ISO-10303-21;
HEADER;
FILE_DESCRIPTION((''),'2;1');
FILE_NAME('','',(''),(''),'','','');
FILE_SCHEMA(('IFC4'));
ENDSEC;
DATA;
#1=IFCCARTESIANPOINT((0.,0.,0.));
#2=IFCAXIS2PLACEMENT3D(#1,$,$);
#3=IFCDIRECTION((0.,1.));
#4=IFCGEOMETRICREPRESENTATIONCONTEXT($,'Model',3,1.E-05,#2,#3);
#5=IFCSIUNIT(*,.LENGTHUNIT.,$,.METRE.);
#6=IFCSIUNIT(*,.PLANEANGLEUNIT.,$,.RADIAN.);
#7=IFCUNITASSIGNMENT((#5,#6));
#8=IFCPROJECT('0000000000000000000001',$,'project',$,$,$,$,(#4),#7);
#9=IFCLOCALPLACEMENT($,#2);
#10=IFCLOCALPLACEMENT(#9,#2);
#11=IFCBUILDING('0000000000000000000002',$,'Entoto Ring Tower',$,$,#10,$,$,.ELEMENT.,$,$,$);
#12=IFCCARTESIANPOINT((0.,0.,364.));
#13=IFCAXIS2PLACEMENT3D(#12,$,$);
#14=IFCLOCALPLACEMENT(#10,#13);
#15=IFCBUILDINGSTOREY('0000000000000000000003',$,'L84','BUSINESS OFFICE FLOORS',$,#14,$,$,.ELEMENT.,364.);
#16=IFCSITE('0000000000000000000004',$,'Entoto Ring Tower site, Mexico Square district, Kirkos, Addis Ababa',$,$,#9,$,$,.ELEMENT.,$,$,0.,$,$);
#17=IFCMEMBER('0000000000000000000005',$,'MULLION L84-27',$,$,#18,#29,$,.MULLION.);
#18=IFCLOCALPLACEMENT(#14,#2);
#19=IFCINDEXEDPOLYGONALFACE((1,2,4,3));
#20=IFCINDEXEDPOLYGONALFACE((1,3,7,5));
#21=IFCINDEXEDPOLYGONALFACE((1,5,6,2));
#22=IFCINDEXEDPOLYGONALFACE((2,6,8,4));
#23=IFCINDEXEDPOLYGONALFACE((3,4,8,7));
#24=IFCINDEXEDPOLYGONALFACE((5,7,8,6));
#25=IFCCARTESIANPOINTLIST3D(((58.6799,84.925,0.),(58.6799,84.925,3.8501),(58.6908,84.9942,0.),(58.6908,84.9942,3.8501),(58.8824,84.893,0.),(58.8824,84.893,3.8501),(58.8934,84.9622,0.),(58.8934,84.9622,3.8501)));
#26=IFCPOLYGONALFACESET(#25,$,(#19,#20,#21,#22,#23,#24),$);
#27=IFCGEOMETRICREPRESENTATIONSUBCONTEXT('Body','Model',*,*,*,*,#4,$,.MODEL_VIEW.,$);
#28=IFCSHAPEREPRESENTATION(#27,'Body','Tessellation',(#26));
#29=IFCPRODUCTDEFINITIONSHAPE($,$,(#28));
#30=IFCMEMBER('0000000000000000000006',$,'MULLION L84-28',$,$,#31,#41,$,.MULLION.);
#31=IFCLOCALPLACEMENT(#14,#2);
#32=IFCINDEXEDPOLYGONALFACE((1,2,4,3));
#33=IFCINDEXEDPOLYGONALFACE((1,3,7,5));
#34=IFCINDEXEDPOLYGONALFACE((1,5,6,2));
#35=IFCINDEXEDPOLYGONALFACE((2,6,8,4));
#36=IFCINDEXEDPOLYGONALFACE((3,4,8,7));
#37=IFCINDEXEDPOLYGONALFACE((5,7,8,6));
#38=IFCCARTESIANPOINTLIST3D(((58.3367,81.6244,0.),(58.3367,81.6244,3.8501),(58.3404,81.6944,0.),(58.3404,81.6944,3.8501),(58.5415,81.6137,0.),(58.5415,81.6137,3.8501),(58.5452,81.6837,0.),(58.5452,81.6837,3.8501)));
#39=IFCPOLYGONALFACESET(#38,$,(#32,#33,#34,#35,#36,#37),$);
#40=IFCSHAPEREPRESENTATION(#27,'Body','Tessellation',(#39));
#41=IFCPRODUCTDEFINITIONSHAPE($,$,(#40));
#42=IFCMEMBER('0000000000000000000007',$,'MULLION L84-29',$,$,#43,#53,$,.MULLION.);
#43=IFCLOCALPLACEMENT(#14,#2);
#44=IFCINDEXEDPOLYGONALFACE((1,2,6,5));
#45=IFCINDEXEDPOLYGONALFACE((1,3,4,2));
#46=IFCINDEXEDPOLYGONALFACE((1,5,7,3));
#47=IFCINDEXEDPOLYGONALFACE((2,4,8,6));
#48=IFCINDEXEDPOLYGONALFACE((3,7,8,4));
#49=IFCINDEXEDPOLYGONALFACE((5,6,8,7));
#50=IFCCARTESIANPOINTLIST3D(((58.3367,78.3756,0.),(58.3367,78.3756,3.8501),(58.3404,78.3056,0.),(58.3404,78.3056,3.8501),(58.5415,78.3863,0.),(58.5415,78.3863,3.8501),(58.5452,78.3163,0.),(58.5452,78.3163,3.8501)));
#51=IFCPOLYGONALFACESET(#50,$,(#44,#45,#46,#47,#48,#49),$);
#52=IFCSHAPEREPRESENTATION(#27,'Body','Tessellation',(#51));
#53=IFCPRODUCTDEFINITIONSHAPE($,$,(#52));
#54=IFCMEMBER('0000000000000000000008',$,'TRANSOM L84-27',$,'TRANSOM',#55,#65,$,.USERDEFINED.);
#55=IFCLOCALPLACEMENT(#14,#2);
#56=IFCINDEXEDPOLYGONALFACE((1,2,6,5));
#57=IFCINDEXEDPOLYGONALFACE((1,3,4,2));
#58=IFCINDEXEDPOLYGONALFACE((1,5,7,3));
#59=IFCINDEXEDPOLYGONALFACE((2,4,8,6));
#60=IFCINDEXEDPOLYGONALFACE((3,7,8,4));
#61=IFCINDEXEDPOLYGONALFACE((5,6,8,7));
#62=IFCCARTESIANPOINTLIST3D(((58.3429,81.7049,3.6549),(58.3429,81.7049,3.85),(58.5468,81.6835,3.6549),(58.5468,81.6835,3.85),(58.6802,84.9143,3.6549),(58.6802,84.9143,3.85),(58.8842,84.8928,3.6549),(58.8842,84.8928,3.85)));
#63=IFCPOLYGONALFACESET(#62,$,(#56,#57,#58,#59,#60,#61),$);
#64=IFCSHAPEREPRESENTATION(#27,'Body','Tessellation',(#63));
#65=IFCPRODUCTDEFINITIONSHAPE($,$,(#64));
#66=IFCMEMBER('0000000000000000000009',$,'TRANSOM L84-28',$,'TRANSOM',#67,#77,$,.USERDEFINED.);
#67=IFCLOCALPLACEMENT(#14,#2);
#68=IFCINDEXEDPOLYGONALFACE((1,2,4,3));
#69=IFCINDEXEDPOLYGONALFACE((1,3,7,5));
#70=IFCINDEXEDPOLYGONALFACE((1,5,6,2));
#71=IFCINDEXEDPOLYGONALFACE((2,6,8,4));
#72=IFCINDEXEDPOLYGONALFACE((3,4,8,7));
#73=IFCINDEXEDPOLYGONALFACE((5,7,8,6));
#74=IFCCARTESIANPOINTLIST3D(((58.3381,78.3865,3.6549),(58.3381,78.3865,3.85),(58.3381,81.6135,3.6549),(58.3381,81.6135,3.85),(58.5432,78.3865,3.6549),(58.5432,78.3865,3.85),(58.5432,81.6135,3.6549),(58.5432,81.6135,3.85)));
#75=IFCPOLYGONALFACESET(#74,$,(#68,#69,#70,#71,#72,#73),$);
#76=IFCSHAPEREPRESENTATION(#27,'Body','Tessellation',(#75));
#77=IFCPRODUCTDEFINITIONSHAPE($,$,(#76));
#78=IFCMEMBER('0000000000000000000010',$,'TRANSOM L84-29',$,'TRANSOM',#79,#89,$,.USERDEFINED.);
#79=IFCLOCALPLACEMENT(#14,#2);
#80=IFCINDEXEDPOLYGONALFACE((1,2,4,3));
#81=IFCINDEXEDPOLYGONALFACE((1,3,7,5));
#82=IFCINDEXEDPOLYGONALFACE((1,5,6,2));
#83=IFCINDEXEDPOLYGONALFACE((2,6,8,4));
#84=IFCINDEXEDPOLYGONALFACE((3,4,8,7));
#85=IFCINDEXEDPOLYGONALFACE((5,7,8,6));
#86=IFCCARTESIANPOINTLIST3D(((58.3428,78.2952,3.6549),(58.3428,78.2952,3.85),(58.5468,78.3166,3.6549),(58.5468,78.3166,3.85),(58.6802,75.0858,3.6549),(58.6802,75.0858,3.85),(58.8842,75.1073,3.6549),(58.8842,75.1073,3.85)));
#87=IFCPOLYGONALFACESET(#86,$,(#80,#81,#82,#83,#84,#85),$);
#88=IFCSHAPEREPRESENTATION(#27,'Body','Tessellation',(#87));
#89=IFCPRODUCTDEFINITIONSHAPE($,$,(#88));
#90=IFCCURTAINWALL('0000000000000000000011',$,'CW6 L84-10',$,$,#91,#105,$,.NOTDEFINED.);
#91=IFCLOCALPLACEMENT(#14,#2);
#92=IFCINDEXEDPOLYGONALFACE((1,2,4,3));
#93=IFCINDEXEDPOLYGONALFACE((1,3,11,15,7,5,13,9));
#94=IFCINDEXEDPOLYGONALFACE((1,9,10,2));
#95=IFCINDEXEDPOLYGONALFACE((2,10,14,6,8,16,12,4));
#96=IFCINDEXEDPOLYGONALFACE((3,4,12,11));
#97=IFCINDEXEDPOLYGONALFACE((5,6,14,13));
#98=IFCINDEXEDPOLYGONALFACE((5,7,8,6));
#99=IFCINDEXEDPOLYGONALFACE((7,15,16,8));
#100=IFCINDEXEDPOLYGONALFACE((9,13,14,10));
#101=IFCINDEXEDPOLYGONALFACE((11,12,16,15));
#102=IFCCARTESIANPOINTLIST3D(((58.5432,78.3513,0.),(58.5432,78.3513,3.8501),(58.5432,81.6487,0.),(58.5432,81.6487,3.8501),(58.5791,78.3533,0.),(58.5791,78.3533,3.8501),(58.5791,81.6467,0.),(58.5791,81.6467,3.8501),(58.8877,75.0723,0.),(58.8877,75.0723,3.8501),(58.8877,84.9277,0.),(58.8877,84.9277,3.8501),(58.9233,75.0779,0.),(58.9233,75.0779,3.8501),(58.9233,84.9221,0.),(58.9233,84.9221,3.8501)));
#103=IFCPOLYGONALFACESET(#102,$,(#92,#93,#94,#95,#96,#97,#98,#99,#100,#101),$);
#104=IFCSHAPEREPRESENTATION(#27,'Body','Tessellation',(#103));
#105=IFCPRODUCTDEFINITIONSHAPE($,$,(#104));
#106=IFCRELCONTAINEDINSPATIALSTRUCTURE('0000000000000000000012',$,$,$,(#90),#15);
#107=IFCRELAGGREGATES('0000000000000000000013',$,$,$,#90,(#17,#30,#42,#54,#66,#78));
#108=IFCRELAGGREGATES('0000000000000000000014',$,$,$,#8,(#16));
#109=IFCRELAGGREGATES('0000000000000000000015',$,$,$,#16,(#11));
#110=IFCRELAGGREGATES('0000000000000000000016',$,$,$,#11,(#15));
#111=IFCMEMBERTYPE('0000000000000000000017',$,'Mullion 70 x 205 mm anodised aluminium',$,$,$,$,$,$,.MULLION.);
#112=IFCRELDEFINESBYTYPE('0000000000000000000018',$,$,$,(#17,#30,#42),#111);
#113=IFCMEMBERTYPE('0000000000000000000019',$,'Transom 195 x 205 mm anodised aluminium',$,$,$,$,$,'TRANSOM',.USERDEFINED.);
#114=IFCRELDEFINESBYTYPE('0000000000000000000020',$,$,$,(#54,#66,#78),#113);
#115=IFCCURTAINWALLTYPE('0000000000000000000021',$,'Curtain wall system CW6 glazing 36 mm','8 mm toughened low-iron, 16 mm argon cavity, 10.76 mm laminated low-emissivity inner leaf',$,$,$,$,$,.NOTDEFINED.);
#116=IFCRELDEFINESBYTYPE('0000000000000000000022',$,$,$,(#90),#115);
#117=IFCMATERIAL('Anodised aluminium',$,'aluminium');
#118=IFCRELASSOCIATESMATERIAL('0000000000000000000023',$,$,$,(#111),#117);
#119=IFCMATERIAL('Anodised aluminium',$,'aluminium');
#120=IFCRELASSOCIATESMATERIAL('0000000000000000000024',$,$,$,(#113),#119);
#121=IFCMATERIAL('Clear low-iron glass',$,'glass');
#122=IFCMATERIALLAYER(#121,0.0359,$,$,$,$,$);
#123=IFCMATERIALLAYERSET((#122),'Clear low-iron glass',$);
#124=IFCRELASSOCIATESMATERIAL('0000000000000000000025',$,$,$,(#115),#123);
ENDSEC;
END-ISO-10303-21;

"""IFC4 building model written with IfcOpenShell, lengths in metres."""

from ifc_helpers import new_model, si_unit, direction, frame, origin, origin_2d, place, context, subcontext, project, spatial, polyline, rectangle, outline, extrude, material, layer, layer_set, material_profile, profile_set, type_object, element, aggregate, save


model = new_model("IFC4")

# Units and contexts
model_context = context("Model", 3, precision=1e-05, world=origin(), true_north=direction((0.0, 1.0)))
body_context = subcontext(model_context, "Body", "Model", "MODEL_VIEW")
ifc_project = project(units=[si_unit("LENGTHUNIT", "METRE"), si_unit("PLANEANGLEUNIT", "RADIAN")], contexts=[model_context])

# Members
ifc_material_1 = material(Name="Anodised aluminium", Category="aluminium")
ifc_material_profile_1 = material_profile(ifc_material_1, rectangle(XDim=0.0701, YDim=0.2051, at=origin_2d()), Name="Mullion 70 x 205 mm anodised aluminium")
ifc_profile_set_1 = profile_set([ifc_material_profile_1], Name="Anodised aluminium")
member_type_1 = type_object("IfcMemberType", Name="Mullion 70 x 205 mm anodised aluminium", PredefinedType="MULLION", material=ifc_profile_set_1)
site_placement = place(None, origin())
building_placement = place(site_placement, origin())
storey_placement = place(building_placement, frame((0.0, 0.0, 364.0)))
member_1_placement = place(storey_placement, frame((58.7866, 84.9436, 0.0), z_axis=(0.0, 0.0, 1.0), x_axis=(-0.156434, -0.987688, 0.0)))
member_1 = element("IfcMember", 1, at=member_1_placement, type_object=member_type_1, Name="MULLION L84-27", PredefinedType="MULLION", context=body_context, shape_type="SweptSolid", body=[
    extrude(rectangle(XDim=0.0701, YDim=0.2051, at=origin_2d()), origin(), (0.0, 0.0, 1.0), 3.8501),
])
member_2_placement = place(storey_placement, frame((58.4409, 81.6541, 0.0), z_axis=(0.0, 0.0, 1.0), x_axis=(-0.052336, -0.99863, 0.0)))
member_2 = element("IfcMember", 2, at=member_2_placement, type_object=member_type_1, Name="MULLION L84-28", PredefinedType="MULLION", context=body_context, shape_type="SweptSolid", body=[
    extrude(rectangle(XDim=0.0701, YDim=0.2051, at=origin_2d()), origin(), (0.0, 0.0, 1.0), 3.8501),
])
member_3_placement = place(storey_placement, frame((58.4409, 78.3459, 0.0), z_axis=(0.0, 0.0, 1.0), x_axis=(0.052336, -0.99863, 0.0)))
member_3 = element("IfcMember", 3, at=member_3_placement, type_object=member_type_1, Name="MULLION L84-29", PredefinedType="MULLION", context=body_context, shape_type="SweptSolid", body=[
    extrude(rectangle(XDim=0.0701, YDim=0.2051, at=origin_2d()), origin(), (0.0, 0.0, 1.0), 3.8501),
])
ifc_material_2 = material(Name="Anodised aluminium", Category="aluminium")
ifc_material_profile_2 = material_profile(ifc_material_2, rectangle(XDim=0.2051, YDim=0.1951, at=origin_2d()), Name="Transom 195 x 205 mm anodised aluminium")
ifc_profile_set_2 = profile_set([ifc_material_profile_2], Name="Anodised aluminium")
member_type_2 = type_object("IfcMemberType", Name="Transom 195 x 205 mm anodised aluminium", ElementType="TRANSOM", PredefinedType="USERDEFINED", material=ifc_profile_set_2)
member_4_placement = place(storey_placement, frame((58.7822, 84.9036, 3.7524), z_axis=(-0.104551, -0.99452, 0.0), x_axis=(0.99452, -0.104551, 0.0)))
member_4 = element("IfcMember", 4, at=member_4_placement, type_object=member_type_2, Name="TRANSOM L84-27", ObjectType="TRANSOM", PredefinedType="USERDEFINED", context=body_context, shape_type="SweptSolid", body=[
    extrude(rectangle(XDim=0.2051, YDim=0.1951, at=origin_2d()), origin(), (0.0, 0.0, 1.0), 3.2271),
])
member_5_placement = place(storey_placement, frame((58.4407, 81.6135, 3.7524), z_axis=(0.0, -1.0, 0.0), x_axis=(1.0, 0.0, 0.0)))
member_5 = element("IfcMember", 5, at=member_5_placement, type_object=member_type_2, Name="TRANSOM L84-28", ObjectType="TRANSOM", PredefinedType="USERDEFINED", context=body_context, shape_type="SweptSolid", body=[
    extrude(rectangle(XDim=0.2051, YDim=0.1951, at=origin_2d()), origin(), (0.0, 0.0, 1.0), 3.2271),
])
member_6_placement = place(storey_placement, frame((58.4448, 78.3059, 3.7524), z_axis=(0.104551, -0.99452, 0.0), x_axis=(0.99452, 0.104551, 0.0)))
member_6 = element("IfcMember", 6, at=member_6_placement, type_object=member_type_2, Name="TRANSOM L84-29", ObjectType="TRANSOM", PredefinedType="USERDEFINED", context=body_context, shape_type="SweptSolid", body=[
    extrude(rectangle(XDim=0.2051, YDim=0.1951, at=origin_2d()), origin(), (0.0, 0.0, 1.0), 3.2271),
])

# Site, building, storey
site = spatial("IfcSite", under=ifc_project, at=site_placement, Name="Entoto Ring Tower site, Mexico Square district, Kirkos, Addis Ababa", CompositionType="ELEMENT", RefElevation=0.0)
building = spatial("IfcBuilding", under=site, at=building_placement, Name="Entoto Ring Tower", CompositionType="ELEMENT")
storey = spatial("IfcBuildingStorey", under=building, at=storey_placement, Name="L84", Description="BUSINESS OFFICE FLOORS", CompositionType="ELEMENT", Elevation=364.0)

# Curtain wall
ifc_material_3 = material(Name="Clear low-iron glass", Category="glass")
ifc_layer = layer(ifc_material_3, 0.0359)
ifc_layer_set = layer_set([ifc_layer], Name="Clear low-iron glass")
curtain_wall_type = type_object("IfcCurtainWallType", Name="Curtain wall system CW6 glazing 36 mm", Description="8 mm toughened low-iron, 16 mm argon cavity, 10.76 mm laminated low-emissivity inner leaf", PredefinedType="NOTDEFINED", material=ifc_layer_set)
curtain_wall_1_placement = place(storey_placement, origin())
curtain_wall_1 = element("IfcCurtainWall", 7, at=curtain_wall_1_placement, inside=storey, type_object=curtain_wall_type, Name="CW6 L84-10", PredefinedType="NOTDEFINED", context=body_context, shape_type="SweptSolid", body=[
    extrude(outline(polyline([(58.8877, 84.9277), (58.5432, 81.6487), (58.5432, 78.3513), (58.8877, 75.0723), (58.9233, 75.0779), (58.5791, 78.3533), (58.5791, 81.6467), (58.9233, 84.9221), (58.8877, 84.9277)])), origin(), (0.0, 0.0, 1.0), 3.8501),
])
aggregate(curtain_wall_1, [member_1, member_2, member_3, member_4, member_5, member_6])

save(model, "model.ifc")
